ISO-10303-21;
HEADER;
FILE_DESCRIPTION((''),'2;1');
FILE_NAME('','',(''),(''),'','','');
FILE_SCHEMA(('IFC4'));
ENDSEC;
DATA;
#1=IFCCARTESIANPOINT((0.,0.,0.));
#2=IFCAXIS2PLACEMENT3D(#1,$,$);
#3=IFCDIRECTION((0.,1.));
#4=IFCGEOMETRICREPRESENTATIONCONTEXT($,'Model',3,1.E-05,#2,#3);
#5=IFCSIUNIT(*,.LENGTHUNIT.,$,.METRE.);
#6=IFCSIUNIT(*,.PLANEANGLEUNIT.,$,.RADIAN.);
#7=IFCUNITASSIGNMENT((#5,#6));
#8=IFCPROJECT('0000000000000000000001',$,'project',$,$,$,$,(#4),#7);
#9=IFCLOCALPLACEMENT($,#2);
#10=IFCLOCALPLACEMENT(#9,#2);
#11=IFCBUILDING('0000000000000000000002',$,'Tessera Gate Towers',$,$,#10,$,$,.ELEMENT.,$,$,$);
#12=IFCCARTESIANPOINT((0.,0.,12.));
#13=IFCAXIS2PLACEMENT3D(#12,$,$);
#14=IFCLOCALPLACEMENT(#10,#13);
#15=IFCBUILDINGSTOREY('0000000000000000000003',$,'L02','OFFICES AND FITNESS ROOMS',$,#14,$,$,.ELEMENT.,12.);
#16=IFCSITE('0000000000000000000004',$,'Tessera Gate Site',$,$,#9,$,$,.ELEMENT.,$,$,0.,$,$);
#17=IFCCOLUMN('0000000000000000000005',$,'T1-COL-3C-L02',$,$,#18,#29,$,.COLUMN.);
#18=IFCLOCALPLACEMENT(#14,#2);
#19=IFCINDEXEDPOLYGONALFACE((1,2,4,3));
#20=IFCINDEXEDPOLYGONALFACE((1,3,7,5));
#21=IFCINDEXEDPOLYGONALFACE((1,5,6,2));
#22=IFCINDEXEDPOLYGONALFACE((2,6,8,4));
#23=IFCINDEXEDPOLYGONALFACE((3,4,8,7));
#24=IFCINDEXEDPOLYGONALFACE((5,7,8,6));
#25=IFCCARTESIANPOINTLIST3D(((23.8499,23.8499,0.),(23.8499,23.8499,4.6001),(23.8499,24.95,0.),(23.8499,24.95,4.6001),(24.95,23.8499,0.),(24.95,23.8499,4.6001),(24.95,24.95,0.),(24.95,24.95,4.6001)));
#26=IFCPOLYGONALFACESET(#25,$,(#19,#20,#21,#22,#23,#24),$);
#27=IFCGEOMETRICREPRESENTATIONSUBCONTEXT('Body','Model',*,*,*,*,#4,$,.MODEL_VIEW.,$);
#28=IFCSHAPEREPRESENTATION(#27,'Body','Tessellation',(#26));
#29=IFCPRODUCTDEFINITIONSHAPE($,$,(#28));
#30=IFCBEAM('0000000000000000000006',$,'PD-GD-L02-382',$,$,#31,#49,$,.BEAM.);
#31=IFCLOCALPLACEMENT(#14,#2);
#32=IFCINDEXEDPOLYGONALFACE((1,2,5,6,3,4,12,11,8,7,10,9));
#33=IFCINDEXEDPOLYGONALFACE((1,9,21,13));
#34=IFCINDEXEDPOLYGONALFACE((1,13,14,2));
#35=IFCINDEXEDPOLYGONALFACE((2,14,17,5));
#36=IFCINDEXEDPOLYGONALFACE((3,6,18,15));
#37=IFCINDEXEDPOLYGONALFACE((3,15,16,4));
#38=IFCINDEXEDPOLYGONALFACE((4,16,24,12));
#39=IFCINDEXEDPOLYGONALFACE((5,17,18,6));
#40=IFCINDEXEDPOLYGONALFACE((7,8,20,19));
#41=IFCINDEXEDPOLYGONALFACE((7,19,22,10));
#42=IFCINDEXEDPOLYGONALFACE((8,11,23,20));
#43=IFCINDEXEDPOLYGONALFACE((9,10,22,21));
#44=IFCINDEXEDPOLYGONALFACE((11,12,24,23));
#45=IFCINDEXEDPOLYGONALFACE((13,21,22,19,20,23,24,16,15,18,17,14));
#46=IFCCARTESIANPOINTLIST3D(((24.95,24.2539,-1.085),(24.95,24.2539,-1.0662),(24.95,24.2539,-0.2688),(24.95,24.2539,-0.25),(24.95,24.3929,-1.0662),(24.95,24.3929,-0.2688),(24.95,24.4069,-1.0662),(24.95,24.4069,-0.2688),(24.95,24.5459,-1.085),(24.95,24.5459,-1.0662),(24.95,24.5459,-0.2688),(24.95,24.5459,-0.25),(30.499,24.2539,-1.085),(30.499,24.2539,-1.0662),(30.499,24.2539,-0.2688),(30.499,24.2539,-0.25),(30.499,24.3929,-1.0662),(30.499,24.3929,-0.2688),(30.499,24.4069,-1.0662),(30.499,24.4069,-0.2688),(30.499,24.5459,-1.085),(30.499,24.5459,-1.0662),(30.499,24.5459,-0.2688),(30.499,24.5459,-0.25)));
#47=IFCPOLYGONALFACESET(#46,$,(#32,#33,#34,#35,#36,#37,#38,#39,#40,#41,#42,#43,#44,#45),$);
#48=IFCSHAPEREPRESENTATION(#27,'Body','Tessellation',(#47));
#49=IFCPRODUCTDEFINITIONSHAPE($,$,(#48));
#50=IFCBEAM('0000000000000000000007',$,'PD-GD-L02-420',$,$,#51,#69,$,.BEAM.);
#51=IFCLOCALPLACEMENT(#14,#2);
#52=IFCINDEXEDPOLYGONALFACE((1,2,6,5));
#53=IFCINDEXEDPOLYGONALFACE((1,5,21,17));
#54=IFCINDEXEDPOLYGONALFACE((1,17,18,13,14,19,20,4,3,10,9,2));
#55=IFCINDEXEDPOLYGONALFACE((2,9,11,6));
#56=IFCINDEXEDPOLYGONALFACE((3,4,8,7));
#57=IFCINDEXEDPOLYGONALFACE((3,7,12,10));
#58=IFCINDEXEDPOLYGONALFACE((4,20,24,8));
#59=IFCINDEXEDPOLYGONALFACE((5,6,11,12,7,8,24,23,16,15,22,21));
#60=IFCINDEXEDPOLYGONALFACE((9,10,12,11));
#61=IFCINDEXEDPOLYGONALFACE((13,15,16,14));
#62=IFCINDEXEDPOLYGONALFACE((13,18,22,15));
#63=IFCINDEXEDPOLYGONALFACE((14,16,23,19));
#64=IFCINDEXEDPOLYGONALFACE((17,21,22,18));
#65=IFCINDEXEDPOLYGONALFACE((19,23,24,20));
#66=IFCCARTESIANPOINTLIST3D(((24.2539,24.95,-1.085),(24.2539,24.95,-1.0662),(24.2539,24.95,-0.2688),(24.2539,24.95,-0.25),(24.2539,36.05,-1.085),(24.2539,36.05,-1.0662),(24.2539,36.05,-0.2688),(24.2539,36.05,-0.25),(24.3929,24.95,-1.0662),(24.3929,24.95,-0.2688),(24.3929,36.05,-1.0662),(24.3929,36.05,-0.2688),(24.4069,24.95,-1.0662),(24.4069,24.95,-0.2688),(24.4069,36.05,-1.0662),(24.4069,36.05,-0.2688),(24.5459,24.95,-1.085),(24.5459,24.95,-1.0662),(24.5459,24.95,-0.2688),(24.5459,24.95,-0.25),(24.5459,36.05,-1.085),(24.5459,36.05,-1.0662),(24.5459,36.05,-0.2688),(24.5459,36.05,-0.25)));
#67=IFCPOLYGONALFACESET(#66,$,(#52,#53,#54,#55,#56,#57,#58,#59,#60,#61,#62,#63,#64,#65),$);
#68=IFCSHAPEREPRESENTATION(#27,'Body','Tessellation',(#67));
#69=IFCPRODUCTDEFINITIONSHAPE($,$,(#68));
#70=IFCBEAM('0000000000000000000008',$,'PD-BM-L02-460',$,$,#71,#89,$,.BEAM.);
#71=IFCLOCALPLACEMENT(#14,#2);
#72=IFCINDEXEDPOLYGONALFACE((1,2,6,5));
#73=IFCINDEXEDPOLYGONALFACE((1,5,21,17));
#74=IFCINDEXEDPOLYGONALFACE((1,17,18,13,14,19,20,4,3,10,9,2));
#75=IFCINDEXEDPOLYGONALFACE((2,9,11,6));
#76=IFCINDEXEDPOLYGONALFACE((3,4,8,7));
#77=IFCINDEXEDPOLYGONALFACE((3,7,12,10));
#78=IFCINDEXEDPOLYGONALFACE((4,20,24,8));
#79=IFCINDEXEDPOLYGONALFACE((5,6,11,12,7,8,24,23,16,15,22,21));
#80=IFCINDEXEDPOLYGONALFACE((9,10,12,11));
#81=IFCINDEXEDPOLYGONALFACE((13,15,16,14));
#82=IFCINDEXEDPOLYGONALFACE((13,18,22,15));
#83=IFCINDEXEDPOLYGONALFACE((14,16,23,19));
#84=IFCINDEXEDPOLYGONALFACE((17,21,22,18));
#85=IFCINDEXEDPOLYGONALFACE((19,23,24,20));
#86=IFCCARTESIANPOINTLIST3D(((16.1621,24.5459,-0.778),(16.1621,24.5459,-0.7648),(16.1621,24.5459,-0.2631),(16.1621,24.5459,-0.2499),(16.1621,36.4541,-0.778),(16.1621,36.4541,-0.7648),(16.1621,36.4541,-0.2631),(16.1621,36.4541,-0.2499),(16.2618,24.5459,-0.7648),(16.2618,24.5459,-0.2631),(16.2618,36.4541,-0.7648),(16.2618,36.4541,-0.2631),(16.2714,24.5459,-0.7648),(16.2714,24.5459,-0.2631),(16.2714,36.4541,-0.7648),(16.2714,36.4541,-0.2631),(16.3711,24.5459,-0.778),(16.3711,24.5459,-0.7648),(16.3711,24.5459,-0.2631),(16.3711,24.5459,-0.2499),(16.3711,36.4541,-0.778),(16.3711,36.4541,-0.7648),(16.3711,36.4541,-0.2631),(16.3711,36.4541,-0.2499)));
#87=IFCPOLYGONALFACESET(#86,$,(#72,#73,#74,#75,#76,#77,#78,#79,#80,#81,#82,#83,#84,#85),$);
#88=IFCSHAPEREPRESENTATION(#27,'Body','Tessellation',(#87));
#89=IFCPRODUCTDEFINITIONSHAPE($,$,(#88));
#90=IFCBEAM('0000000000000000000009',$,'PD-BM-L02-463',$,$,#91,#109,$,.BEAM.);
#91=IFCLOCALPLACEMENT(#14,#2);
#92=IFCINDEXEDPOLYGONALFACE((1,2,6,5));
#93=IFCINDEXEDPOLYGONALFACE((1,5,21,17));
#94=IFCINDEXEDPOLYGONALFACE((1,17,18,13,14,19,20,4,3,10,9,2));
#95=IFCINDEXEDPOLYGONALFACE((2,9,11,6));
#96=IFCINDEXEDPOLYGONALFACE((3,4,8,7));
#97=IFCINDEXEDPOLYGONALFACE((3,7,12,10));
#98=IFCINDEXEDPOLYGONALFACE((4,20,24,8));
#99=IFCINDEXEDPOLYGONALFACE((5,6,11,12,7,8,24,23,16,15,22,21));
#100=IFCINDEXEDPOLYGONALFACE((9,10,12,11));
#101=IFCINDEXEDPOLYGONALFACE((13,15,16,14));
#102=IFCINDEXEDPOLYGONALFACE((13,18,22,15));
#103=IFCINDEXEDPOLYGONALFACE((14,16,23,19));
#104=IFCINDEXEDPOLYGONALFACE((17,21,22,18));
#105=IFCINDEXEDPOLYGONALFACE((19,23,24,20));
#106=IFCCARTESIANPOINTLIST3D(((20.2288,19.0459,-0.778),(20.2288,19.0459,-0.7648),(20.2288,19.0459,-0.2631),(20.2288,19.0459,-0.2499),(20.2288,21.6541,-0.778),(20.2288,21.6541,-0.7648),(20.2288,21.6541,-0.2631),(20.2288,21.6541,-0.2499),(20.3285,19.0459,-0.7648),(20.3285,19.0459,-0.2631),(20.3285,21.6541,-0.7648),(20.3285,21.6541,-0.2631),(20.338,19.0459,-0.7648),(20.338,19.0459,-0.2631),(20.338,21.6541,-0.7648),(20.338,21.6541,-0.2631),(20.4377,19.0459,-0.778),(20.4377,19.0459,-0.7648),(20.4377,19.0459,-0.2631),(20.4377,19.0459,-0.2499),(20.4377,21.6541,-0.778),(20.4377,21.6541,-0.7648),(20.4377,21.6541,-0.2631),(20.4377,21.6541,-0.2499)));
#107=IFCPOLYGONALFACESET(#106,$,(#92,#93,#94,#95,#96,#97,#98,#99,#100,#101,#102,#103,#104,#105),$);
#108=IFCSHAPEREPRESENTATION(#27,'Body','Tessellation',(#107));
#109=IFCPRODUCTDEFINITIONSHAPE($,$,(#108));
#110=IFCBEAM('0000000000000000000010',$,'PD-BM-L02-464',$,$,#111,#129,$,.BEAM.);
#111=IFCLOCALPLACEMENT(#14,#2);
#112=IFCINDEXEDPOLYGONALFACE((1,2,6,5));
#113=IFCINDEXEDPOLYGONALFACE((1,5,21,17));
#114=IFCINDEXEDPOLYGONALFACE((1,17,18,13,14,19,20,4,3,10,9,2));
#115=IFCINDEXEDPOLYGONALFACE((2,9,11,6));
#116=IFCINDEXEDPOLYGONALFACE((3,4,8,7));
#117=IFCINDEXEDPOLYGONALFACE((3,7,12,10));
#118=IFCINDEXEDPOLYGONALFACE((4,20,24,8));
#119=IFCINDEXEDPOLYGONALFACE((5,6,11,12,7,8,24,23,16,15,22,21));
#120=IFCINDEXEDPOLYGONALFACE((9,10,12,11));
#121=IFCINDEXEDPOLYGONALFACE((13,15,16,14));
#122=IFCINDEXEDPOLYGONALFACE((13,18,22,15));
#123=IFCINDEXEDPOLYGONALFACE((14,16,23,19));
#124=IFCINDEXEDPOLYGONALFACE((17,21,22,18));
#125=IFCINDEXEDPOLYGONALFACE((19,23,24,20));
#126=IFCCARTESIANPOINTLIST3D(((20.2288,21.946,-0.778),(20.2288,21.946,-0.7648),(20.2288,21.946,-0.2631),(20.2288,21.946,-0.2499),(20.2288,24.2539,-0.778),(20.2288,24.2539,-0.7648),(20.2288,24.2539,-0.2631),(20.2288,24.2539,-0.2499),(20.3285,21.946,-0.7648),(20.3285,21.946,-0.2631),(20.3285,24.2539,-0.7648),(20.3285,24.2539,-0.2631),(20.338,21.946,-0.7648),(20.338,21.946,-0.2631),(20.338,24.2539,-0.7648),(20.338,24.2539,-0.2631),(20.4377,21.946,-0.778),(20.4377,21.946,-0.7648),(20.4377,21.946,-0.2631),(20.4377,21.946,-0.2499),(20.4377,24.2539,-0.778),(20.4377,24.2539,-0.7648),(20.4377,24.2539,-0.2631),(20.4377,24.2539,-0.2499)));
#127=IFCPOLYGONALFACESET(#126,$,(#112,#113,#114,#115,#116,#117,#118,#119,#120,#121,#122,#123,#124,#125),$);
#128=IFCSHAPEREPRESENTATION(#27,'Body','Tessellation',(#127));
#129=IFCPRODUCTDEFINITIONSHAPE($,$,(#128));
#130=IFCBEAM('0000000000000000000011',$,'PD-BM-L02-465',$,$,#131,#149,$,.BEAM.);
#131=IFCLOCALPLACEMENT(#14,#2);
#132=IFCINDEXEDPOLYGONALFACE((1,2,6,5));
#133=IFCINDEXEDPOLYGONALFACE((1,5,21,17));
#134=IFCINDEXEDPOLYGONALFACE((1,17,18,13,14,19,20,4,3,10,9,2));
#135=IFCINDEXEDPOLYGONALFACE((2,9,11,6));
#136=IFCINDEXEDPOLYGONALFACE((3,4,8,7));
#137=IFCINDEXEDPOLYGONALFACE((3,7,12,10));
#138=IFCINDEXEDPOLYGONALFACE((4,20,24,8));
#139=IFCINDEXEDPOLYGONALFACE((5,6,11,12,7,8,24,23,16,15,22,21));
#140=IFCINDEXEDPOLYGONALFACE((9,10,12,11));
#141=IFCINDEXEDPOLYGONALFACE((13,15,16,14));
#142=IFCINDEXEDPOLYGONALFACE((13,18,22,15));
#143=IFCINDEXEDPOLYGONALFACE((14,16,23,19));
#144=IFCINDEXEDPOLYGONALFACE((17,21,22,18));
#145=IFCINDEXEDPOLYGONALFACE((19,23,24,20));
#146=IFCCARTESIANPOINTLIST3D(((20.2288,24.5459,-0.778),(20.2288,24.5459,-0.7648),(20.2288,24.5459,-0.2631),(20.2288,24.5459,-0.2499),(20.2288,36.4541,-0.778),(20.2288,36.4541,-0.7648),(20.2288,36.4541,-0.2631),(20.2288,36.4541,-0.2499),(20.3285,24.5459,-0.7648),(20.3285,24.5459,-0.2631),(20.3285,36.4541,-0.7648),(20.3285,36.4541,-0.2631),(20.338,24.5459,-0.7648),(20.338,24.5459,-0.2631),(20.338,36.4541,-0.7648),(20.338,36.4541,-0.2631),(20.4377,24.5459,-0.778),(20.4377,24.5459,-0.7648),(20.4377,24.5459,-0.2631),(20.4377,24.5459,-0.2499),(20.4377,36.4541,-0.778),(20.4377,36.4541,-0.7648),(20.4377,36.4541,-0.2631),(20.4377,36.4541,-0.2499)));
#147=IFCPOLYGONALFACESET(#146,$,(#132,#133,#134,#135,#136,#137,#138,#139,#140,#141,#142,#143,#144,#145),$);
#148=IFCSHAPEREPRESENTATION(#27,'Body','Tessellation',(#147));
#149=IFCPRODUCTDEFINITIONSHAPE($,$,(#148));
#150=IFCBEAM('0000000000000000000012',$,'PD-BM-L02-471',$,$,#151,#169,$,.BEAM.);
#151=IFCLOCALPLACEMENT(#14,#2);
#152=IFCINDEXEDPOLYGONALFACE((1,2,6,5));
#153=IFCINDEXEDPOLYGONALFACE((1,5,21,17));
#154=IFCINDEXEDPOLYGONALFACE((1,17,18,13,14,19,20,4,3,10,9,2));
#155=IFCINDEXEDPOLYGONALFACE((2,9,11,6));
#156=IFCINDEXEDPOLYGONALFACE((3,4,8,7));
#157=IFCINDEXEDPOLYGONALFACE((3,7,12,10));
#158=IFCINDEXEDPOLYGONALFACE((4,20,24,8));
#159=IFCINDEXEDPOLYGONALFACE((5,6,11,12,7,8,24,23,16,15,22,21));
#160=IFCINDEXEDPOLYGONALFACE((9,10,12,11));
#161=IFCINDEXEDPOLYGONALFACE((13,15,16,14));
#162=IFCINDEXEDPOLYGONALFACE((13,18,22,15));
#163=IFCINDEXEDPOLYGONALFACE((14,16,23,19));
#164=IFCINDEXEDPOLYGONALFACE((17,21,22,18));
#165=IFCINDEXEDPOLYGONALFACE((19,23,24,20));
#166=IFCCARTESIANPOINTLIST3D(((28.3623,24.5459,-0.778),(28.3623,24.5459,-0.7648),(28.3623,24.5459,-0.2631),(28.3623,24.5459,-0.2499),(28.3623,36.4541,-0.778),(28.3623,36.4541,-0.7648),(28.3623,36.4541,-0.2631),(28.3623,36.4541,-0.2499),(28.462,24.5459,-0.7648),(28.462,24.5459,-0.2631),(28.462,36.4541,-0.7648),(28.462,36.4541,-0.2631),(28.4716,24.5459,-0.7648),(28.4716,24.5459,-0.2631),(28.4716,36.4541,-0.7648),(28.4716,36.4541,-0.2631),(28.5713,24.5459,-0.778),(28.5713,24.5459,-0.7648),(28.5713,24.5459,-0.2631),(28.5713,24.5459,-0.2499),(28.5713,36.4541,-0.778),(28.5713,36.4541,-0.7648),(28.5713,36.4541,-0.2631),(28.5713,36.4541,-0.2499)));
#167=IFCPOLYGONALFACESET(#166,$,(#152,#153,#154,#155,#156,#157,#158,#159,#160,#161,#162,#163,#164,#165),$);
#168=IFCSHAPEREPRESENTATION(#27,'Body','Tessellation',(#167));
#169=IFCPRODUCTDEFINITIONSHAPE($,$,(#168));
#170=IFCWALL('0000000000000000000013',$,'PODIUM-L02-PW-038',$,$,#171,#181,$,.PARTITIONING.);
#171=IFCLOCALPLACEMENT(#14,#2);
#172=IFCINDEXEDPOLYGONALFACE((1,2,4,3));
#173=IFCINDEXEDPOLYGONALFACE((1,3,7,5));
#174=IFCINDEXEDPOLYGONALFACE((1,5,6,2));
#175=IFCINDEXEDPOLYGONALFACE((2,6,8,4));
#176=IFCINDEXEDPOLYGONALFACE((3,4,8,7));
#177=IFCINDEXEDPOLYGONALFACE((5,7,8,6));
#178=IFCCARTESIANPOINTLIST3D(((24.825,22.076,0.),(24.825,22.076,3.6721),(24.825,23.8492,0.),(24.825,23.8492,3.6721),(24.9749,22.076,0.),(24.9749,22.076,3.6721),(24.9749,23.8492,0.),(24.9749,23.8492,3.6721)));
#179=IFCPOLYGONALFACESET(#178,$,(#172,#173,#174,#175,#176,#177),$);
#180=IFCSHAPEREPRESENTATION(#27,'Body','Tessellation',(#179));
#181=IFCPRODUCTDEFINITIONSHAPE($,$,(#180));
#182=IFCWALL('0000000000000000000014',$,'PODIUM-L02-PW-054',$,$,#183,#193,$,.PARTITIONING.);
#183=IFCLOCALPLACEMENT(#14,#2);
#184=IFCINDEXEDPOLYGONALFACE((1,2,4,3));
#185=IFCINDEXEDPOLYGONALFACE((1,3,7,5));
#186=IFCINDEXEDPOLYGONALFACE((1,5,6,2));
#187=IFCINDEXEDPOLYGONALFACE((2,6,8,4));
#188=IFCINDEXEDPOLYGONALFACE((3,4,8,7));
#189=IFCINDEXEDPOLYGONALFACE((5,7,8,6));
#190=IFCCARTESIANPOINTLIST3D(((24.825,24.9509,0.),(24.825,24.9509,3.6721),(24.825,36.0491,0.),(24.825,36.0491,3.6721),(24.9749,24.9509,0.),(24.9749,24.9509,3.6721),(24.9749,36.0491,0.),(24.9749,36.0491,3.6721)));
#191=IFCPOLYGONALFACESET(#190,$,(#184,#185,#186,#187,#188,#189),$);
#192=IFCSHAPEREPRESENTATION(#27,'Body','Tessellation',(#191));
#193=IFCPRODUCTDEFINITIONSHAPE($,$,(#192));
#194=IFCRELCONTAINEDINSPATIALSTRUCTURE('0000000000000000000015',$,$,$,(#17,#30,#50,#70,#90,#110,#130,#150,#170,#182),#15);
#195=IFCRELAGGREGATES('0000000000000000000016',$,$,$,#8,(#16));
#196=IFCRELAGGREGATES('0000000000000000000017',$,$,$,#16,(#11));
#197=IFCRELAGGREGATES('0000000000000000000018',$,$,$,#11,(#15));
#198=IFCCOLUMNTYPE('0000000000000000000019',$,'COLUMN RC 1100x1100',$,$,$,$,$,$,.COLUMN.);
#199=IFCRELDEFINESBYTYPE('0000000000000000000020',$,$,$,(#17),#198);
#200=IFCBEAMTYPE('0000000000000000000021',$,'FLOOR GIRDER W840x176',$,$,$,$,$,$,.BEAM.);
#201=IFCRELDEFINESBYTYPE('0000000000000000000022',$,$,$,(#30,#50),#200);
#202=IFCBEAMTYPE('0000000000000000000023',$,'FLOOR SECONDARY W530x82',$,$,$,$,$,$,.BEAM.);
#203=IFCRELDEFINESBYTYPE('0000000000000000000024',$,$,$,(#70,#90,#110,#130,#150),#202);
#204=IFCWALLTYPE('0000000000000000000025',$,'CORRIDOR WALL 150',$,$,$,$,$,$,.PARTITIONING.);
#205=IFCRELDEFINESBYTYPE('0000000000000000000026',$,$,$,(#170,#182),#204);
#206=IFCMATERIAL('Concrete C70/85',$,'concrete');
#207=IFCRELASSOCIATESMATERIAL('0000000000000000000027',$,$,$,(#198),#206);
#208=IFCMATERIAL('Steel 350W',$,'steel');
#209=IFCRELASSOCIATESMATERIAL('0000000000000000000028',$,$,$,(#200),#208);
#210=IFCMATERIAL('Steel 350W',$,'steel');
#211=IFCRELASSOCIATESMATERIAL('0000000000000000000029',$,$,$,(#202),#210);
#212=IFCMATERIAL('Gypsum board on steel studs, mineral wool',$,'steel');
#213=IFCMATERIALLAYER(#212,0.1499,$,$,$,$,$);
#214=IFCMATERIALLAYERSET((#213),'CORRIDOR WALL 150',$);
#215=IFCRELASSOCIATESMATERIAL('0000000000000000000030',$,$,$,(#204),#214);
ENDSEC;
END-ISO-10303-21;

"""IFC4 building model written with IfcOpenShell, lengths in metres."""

from ifc_helpers import new_model, si_unit, direction, frame, frame_2d, origin, origin_2d, place, context, subcontext, project, spatial, rectangle, i_section, extrude, material, layer, layer_set, material_profile, profile_set, type_object, element, save


model = new_model("IFC4")

# Units and contexts
model_context = context("Model", 3, precision=1e-05, world=origin(), true_north=direction((0.0, 1.0)))
body_context = subcontext(model_context, "Body", "Model", "MODEL_VIEW")
ifc_project = project(units=[si_unit("LENGTHUNIT", "METRE"), si_unit("PLANEANGLEUNIT", "RADIAN")], contexts=[model_context])

# Site, building, storey
site_placement = place(None, origin())
site = spatial("IfcSite", under=ifc_project, at=site_placement, Name="Tessera Gate Site", CompositionType="ELEMENT", RefElevation=0.0)
building_placement = place(site_placement, origin())
building = spatial("IfcBuilding", under=site, at=building_placement, Name="Tessera Gate Towers", CompositionType="ELEMENT")
storey_placement = place(building_placement, frame((0.0, 0.0, 12.0)))
storey = spatial("IfcBuildingStorey", under=building, at=storey_placement, Name="L02", Description="OFFICES AND FITNESS ROOMS", CompositionType="ELEMENT", Elevation=12.0)

# Column
ifc_material_1 = material(Name="Concrete C70/85", Category="concrete")
ifc_material_profile_1 = material_profile(ifc_material_1, rectangle(XDim=1.1001, YDim=1.1001, at=origin_2d()), Name="RC 1100x1100")
ifc_profile_set_1 = profile_set([ifc_material_profile_1], Name="Concrete C70/85")
column_type = type_object("IfcColumnType", Name="COLUMN RC 1100x1100", PredefinedType="COLUMN", material=ifc_profile_set_1)
column_placement = place(storey_placement, frame((24.3999, 24.3999, 0.0), z_axis=(0.0, 0.0, 1.0), x_axis=(1.0, 0.0, 0.0)))
element("IfcColumn", 1, at=column_placement, inside=storey, type_object=column_type, Name="T1-COL-3C-L02", PredefinedType="COLUMN", context=body_context, shape_type="SweptSolid", body=[
    extrude(rectangle(XDim=1.1001, YDim=1.1001, at=origin_2d()), origin(), (0.0, 0.0, 1.0), 4.6001),
])

# Beams
ifc_material_2 = material(Name="Steel 350W", Category="steel")
ifc_material_profile_2 = material_profile(ifc_material_2, i_section(OverallWidth=0.292, OverallDepth=0.835, WebThickness=0.0139, FlangeThickness=0.0188, at=origin_2d()), Name="W840x176")
ifc_profile_set_2 = profile_set([ifc_material_profile_2], Name="Steel 350W")
beam_type_1 = type_object("IfcBeamType", Name="FLOOR GIRDER W840x176", PredefinedType="BEAM", material=ifc_profile_set_2)
beam_1_placement = place(storey_placement, frame((24.95, 24.3999, -0.6675), z_axis=(1.0, 0.0, 0.0), x_axis=(0.0, 1.0, 0.0)))
element("IfcBeam", 2, at=beam_1_placement, inside=storey, type_object=beam_type_1, Name="PD-GD-L02-382", PredefinedType="BEAM", context=body_context, shape_type="SweptSolid", body=[
    extrude(i_section(OverallWidth=0.292, OverallDepth=0.835, WebThickness=0.0139, FlangeThickness=0.0188, at=origin_2d()), origin(), (0.0, 0.0, 1.0), 5.5491),
])
beam_2_placement = place(storey_placement, frame((24.3999, 24.95, -0.6675), z_axis=(0.0, 1.0, 0.0), x_axis=(-1.0, 0.0, 0.0)))
element("IfcBeam", 3, at=beam_2_placement, inside=storey, type_object=beam_type_1, Name="PD-GD-L02-420", PredefinedType="BEAM", context=body_context, shape_type="SweptSolid", body=[
    extrude(i_section(OverallWidth=0.292, OverallDepth=0.835, WebThickness=0.0139, FlangeThickness=0.0188, at=origin_2d()), origin(), (0.0, 0.0, 1.0), 11.1001),
])
ifc_material_3 = material(Name="Steel 350W", Category="steel")
ifc_material_profile_3 = material_profile(ifc_material_3, i_section(OverallWidth=0.209, OverallDepth=0.5281, WebThickness=0.0095, FlangeThickness=0.0132, at=origin_2d()), Name="W530x82")
ifc_profile_set_3 = profile_set([ifc_material_profile_3], Name="Steel 350W")
beam_type_2 = type_object("IfcBeamType", Name="FLOOR SECONDARY W530x82", PredefinedType="BEAM", material=ifc_profile_set_3)
beam_3_placement = place(storey_placement, frame((16.2666, 24.5459, -0.5139), z_axis=(0.0, 1.0, 0.0), x_axis=(-1.0, 0.0, 0.0)))
element("IfcBeam", 4, at=beam_3_placement, inside=storey, type_object=beam_type_2, Name="PD-BM-L02-460", PredefinedType="BEAM", context=body_context, shape_type="SweptSolid", body=[
    extrude(i_section(OverallWidth=0.209, OverallDepth=0.5281, WebThickness=0.0095, FlangeThickness=0.0132, at=origin_2d()), origin(), (0.0, 0.0, 1.0), 11.9082),
])
beam_4_placement = place(storey_placement, frame((20.3333, 19.0459, -0.5139), z_axis=(0.0, 1.0, 0.0), x_axis=(-1.0, 0.0, 0.0)))
element("IfcBeam", 5, at=beam_4_placement, inside=storey, type_object=beam_type_2, Name="PD-BM-L02-463", PredefinedType="BEAM", context=body_context, shape_type="SweptSolid", body=[
    extrude(i_section(OverallWidth=0.209, OverallDepth=0.5281, WebThickness=0.0095, FlangeThickness=0.0132, at=origin_2d()), origin(), (0.0, 0.0, 1.0), 2.6082),
])
beam_5_placement = place(storey_placement, frame((20.3333, 21.946, -0.5139), z_axis=(0.0, 1.0, 0.0), x_axis=(-1.0, 0.0, 0.0)))
element("IfcBeam", 6, at=beam_5_placement, inside=storey, type_object=beam_type_2, Name="PD-BM-L02-464", PredefinedType="BEAM", context=body_context, shape_type="SweptSolid", body=[
    extrude(i_section(OverallWidth=0.209, OverallDepth=0.5281, WebThickness=0.0095, FlangeThickness=0.0132, at=origin_2d()), origin(), (0.0, 0.0, 1.0), 2.3079),
])
for number, where, z_axis, x_axis, name in (
    (7, (20.3333, 24.5459, -0.5139), (0.0, 1.0, 0.0), (-1.0, 0.0, 0.0), "PD-BM-L02-465"),
    (8, (28.4668, 24.5459, -0.5139), (0.0, 1.0, 0.0), (-1.0, 0.0, 0.0), "PD-BM-L02-471"),
):
    element("IfcBeam", number, at=place(storey_placement, frame(where, z_axis=z_axis, x_axis=x_axis)), inside=storey, type_object=beam_type_2, Name=name, PredefinedType="BEAM", context=body_context, shape_type="SweptSolid", body=[
        extrude(i_section(OverallWidth=0.209, OverallDepth=0.5281, WebThickness=0.0095, FlangeThickness=0.0132, at=origin_2d()), origin(), (0.0, 0.0, 1.0), 11.9082),
    ])

# Walls
ifc_material_4 = material(Name="Gypsum board on steel studs, mineral wool", Category="steel")
ifc_layer_1 = layer(ifc_material_4, 0.1499)
ifc_layer_set_1 = layer_set([ifc_layer_1], Name="CORRIDOR WALL 150")
wall_type_1 = type_object("IfcWallType", Name="CORRIDOR WALL 150", PredefinedType="PARTITIONING", material=ifc_layer_set_1)
wall_1_placement = place(storey_placement, frame((24.8999, 22.0759, 0.0), z_axis=(0.0, 0.0, 1.0), x_axis=(0.0, 1.0, 0.0)))
element("IfcWall", 9, at=wall_1_placement, inside=storey, type_object=wall_type_1, Name="PODIUM-L02-PW-038", PredefinedType="PARTITIONING", context=body_context, shape_type="SweptSolid", body=[
    extrude(rectangle(XDim=1.7732, YDim=0.1499, at=frame_2d((0.8867, 0.0))), origin(), (0.0, 0.0, 1.0), 3.6721),
])
wall_2_placement = place(storey_placement, frame((24.8999, 24.9509, 0.0), z_axis=(0.0, 0.0, 1.0), x_axis=(0.0, 1.0, 0.0)))
element("IfcWall", 10, at=wall_2_placement, inside=storey, type_object=wall_type_1, Name="PODIUM-L02-PW-054", PredefinedType="PARTITIONING", context=body_context, shape_type="SweptSolid", body=[
    extrude(rectangle(XDim=11.0981, YDim=0.1499, at=frame_2d((5.5491, 0.0))), origin(), (0.0, 0.0, 1.0), 3.6721),
])

save(model, "model.ifc")
